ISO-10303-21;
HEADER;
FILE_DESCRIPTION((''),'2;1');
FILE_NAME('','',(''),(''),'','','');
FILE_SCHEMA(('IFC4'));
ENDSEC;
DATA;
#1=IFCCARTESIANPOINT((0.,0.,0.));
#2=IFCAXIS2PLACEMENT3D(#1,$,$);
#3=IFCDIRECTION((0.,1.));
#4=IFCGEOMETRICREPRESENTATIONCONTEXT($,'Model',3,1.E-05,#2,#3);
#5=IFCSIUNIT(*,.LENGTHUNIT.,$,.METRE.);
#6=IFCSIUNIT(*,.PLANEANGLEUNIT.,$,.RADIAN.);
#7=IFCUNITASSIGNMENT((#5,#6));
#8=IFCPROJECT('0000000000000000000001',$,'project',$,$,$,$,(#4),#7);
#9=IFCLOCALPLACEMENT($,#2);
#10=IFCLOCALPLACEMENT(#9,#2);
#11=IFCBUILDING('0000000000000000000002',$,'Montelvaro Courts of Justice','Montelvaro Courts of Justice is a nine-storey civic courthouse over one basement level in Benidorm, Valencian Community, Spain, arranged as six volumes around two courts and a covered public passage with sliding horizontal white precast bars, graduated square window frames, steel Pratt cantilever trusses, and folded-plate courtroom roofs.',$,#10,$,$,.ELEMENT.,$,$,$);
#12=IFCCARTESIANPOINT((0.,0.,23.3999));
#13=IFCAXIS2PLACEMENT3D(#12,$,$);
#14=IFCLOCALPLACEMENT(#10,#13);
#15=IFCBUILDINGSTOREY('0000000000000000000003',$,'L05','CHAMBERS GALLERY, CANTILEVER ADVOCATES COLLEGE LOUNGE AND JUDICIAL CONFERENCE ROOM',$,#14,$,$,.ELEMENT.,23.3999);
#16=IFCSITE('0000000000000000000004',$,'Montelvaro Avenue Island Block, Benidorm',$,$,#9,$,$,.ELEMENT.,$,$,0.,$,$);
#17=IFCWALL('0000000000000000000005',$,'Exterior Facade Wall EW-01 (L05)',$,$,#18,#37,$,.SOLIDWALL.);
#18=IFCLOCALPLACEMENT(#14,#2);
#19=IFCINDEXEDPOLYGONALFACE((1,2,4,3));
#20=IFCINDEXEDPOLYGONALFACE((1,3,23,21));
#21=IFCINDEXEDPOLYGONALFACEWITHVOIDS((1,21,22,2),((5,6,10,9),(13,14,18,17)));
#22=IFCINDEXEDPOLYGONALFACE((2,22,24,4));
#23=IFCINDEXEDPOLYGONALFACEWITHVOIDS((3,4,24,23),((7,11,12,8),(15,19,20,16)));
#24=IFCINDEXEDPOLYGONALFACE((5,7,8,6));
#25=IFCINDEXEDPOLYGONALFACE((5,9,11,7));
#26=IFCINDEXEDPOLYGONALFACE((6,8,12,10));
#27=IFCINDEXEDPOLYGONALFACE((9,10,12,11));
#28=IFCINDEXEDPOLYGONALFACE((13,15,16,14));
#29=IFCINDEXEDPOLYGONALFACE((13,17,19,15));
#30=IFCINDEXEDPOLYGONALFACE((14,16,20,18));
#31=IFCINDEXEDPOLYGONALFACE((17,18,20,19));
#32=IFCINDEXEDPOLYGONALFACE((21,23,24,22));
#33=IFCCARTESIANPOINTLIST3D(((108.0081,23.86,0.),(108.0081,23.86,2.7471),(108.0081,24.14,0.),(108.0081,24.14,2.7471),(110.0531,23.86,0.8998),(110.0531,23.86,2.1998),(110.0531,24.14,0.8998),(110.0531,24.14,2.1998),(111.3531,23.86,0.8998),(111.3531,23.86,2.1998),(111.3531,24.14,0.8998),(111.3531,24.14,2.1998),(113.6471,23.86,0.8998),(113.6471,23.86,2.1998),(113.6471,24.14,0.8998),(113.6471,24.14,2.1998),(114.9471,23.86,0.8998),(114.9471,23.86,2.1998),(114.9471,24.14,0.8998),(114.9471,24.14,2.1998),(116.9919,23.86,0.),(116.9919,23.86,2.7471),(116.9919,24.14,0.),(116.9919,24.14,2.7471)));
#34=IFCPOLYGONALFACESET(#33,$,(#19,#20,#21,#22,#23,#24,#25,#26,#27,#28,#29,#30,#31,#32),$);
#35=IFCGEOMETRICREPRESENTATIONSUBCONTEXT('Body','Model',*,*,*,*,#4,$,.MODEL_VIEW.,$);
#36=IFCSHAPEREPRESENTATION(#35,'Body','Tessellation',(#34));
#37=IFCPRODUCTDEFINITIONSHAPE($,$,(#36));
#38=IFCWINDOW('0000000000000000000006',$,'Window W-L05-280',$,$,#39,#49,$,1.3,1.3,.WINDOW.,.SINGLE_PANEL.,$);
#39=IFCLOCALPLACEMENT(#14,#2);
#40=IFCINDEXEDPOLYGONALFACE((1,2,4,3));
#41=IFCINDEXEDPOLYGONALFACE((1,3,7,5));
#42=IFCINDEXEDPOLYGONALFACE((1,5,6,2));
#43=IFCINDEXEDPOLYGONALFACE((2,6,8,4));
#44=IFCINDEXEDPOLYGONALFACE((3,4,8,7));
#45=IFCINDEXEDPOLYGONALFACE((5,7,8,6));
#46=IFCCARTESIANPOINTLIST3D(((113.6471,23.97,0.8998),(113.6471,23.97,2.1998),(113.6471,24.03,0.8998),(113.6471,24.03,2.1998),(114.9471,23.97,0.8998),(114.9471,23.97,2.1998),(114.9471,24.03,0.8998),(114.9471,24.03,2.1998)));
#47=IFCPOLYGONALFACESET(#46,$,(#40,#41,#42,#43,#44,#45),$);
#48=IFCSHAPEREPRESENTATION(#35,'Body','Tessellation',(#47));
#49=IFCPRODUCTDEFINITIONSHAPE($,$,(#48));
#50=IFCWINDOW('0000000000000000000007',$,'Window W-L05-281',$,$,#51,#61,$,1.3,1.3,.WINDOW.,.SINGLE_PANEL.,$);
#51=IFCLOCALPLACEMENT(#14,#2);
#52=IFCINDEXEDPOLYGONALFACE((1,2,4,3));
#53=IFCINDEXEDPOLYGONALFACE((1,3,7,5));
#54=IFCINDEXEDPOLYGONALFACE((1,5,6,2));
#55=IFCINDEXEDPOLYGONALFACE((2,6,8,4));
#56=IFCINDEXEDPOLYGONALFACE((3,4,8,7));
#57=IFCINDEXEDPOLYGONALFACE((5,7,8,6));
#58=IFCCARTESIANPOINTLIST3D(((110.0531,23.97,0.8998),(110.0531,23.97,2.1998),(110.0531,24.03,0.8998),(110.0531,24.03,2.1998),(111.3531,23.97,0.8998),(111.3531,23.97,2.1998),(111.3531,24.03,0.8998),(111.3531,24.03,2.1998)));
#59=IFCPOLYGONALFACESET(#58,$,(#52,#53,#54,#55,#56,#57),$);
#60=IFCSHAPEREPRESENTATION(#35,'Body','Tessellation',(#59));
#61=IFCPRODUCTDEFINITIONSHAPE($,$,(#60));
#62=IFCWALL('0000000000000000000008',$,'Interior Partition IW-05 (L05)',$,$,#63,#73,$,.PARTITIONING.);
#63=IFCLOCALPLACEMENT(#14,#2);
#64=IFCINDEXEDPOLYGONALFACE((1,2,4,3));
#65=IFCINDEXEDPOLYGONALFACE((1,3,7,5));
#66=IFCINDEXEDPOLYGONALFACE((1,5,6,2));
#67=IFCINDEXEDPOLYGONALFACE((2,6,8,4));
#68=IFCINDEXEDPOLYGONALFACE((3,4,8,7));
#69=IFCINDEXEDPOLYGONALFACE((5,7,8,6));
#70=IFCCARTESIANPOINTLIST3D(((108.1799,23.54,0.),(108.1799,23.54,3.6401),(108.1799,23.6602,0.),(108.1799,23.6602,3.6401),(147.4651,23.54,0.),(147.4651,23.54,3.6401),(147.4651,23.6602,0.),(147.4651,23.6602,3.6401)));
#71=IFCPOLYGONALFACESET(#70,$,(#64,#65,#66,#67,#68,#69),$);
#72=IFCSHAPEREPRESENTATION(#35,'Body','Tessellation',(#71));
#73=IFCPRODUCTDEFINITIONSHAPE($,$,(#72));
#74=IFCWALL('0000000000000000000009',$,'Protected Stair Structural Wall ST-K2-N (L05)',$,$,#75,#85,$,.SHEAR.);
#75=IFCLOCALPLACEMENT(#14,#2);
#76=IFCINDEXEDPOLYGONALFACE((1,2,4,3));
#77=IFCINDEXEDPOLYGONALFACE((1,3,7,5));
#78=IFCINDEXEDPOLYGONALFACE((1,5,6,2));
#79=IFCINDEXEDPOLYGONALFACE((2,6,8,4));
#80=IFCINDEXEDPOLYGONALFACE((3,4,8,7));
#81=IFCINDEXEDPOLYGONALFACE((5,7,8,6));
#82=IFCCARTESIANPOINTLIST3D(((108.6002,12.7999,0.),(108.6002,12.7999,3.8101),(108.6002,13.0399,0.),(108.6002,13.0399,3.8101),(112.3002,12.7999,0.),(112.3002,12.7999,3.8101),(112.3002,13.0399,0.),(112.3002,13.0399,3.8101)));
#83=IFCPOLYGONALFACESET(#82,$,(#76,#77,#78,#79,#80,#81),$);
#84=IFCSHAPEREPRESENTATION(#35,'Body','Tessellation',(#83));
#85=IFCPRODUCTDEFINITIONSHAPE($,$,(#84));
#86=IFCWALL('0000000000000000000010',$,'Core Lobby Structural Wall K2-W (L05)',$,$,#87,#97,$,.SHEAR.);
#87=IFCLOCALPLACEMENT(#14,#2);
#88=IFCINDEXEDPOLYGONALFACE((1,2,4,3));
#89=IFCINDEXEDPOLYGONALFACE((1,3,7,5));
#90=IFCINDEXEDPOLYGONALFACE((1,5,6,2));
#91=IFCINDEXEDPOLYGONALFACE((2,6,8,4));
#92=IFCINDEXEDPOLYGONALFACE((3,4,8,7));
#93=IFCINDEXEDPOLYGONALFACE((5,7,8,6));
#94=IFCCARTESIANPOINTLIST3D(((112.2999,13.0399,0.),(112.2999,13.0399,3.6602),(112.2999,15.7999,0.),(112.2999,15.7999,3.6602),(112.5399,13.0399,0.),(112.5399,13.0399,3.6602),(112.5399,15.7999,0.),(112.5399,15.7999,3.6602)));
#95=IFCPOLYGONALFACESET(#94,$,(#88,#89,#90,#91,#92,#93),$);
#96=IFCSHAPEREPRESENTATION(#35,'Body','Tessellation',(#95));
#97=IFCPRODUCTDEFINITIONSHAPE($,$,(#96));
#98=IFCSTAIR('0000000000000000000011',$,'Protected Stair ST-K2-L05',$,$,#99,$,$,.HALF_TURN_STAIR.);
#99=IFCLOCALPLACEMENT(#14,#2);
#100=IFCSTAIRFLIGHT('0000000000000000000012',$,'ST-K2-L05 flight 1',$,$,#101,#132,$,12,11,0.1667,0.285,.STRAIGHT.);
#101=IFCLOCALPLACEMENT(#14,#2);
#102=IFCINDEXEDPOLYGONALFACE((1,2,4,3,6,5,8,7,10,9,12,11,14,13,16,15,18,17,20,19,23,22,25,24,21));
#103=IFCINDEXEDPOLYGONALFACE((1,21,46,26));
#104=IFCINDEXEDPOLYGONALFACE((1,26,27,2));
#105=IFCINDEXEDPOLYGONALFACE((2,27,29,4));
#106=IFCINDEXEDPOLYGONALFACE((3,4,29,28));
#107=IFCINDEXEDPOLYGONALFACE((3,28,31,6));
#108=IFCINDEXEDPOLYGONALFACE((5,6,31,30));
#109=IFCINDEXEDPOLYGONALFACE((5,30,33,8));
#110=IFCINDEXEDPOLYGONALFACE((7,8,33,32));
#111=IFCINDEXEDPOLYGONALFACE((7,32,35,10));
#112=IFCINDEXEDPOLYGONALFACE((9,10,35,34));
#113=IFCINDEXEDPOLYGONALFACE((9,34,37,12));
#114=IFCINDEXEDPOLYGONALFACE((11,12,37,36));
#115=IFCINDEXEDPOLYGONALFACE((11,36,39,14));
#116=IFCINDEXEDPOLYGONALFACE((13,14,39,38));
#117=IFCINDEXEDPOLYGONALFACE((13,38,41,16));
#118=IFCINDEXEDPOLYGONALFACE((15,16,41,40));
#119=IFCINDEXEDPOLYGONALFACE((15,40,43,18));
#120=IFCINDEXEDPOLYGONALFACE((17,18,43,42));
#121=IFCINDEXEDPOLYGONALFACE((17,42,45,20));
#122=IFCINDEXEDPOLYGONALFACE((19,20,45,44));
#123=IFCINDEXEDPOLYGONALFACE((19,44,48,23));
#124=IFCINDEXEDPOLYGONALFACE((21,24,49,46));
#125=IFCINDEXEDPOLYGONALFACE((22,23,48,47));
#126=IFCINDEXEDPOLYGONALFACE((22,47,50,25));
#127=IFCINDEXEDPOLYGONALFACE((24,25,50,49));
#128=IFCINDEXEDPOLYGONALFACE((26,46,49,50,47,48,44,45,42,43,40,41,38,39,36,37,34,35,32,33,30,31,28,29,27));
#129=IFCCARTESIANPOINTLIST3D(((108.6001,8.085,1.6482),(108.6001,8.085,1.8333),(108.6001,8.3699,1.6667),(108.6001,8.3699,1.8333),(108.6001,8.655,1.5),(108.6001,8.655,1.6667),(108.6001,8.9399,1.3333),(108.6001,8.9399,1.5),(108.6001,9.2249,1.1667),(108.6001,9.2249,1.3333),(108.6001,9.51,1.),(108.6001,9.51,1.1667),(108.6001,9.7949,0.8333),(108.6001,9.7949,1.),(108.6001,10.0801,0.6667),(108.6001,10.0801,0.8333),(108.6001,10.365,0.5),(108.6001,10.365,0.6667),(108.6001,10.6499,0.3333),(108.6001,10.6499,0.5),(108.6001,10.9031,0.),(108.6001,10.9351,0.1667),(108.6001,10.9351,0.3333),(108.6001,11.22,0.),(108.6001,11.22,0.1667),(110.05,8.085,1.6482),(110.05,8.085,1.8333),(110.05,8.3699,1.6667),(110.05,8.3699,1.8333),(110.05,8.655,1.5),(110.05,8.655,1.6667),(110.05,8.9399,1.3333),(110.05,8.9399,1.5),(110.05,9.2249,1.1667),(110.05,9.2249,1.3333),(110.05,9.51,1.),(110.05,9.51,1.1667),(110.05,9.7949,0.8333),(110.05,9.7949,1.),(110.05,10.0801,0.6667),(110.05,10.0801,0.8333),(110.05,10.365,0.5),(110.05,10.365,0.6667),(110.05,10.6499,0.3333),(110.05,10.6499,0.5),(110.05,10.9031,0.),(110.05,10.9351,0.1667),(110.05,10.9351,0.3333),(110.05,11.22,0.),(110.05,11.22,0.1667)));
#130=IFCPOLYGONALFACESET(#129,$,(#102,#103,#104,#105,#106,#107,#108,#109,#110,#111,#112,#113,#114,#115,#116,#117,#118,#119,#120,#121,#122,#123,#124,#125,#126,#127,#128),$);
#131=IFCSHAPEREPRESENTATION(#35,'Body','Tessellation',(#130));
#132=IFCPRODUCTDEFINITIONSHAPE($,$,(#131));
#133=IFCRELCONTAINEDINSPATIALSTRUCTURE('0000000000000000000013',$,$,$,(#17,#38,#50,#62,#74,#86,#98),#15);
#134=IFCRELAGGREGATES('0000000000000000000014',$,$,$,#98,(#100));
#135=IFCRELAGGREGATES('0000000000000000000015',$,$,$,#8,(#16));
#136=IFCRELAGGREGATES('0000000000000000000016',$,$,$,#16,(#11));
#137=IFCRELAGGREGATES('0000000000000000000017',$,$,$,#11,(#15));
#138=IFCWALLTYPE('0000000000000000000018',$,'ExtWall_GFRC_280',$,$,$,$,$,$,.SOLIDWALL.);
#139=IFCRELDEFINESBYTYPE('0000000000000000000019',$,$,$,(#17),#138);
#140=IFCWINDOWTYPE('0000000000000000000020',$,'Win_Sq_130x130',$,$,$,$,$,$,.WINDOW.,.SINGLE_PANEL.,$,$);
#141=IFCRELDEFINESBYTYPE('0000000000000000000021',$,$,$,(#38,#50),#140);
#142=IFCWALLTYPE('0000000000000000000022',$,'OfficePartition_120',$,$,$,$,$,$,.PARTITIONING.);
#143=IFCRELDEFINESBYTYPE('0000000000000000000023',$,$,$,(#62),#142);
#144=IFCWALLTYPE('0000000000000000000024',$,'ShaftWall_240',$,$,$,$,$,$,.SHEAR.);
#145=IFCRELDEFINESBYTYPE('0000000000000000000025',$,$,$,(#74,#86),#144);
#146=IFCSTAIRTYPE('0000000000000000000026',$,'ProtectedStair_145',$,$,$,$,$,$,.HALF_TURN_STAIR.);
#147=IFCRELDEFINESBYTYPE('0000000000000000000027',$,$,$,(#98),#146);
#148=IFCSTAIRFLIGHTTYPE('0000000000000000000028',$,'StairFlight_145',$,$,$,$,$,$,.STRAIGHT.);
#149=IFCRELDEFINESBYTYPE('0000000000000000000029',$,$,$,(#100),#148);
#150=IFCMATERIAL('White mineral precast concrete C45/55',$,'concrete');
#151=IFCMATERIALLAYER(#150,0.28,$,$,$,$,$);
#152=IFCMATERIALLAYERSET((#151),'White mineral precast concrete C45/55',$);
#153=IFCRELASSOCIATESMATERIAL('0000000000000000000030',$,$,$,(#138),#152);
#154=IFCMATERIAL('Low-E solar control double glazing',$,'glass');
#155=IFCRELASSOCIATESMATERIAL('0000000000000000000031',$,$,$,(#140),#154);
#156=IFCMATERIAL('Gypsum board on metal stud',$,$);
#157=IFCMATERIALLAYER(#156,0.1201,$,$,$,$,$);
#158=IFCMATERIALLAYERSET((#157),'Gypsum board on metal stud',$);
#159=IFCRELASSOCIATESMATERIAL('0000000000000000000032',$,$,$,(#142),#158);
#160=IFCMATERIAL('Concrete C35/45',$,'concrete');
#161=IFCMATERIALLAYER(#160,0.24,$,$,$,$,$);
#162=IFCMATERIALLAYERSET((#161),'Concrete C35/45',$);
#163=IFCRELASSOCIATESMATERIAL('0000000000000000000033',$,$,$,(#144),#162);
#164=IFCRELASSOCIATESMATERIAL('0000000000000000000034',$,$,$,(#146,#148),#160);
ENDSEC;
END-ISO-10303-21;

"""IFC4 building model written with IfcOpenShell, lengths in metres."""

from ifc_helpers import new_model, si_unit, direction, frame, frame_2d, origin, place, context, subcontext, project, spatial, polyline, rectangle, outline, extrude, material, layer, layer_set, type_object, element, fill, aggregate, save


model = new_model("IFC4")

# Units and contexts
model_context = context("Model", 3, precision=1e-05, world=origin(), true_north=direction((0.0, 1.0)))
body_context = subcontext(model_context, "Body", "Model", "MODEL_VIEW")
ifc_project = project(units=[si_unit("LENGTHUNIT", "METRE"), si_unit("PLANEANGLEUNIT", "RADIAN")], contexts=[model_context])

# Site, building, storey
site_placement = place(None, origin())
site = spatial("IfcSite", under=ifc_project, at=site_placement, Name="Montelvaro Avenue Island Block, Benidorm", CompositionType="ELEMENT", RefElevation=0.0)
building_placement = place(site_placement, origin())
building = spatial("IfcBuilding", under=site, at=building_placement, Name="Montelvaro Courts of Justice", Description="Montelvaro Courts of Justice is a nine-storey civic courthouse over one basement level in Benidorm, Valencian Community, Spain, arranged as six volumes around two courts and a covered public passage with sliding horizontal white precast bars, graduated square window frames, steel Pratt cantilever trusses, and folded-plate courtroom roofs.", CompositionType="ELEMENT")
storey_placement = place(building_placement, frame((0.0, 0.0, 23.3999)))
storey = spatial("IfcBuildingStorey", under=building, at=storey_placement, Name="L05", Description="CHAMBERS GALLERY, CANTILEVER ADVOCATES COLLEGE LOUNGE AND JUDICIAL CONFERENCE ROOM", CompositionType="ELEMENT", Elevation=23.3999)

# Shared definitions
ifc_material_1 = material(Name="White mineral precast concrete C45/55", Category="concrete")

# Shared definitions
ifc_material_2 = material(Name="Gypsum board on metal stud")

# Wall, openings, windows
ifc_layer_1 = layer(ifc_material_1, 0.28)
ifc_layer_set_1 = layer_set([ifc_layer_1], Name="White mineral precast concrete C45/55")
wall_type_1 = type_object("IfcWallType", Name="ExtWall_GFRC_280", PredefinedType="SOLIDWALL", material=ifc_layer_set_1)
wall_1_placement = place(storey_placement, frame((116.9919, 24.0, 0.0), z_axis=(0.0, 0.0, 1.0), x_axis=(-1.0, 0.0, 0.0)))
wall_1 = element("IfcWall", 1, at=wall_1_placement, inside=storey, type_object=wall_type_1, Name="Exterior Facade Wall EW-01 (L05)", PredefinedType="SOLIDWALL", context=body_context, shape_type="SweptSolid", body=[
    extrude(rectangle(XDim=8.9839, YDim=0.28, at=frame_2d((4.4919, 0.0))), origin(), (0.0, 0.0, 1.0), 2.7471),
])
opening_1_placement = place(wall_1_placement, frame((2.0449, 0.0, 0.8999)))
opening_1 = element("IfcOpeningElement", 2, at=opening_1_placement, cuts=wall_1, PredefinedType="OPENING", context=body_context, shape_type="SweptSolid", body=[
    extrude(rectangle(XDim=1.3, YDim=1.3, at=frame_2d((0.6499, 0.6499))), frame((0.0, 0.1548, 0.0), z_axis=(0.0, -1.0, 0.0), x_axis=(1.0, 0.0, 0.0)), (0.0, 0.0, 1.0), 0.3098),
])
opening_2_placement = place(wall_1_placement, frame((5.6389, 0.0, 0.8999)))
opening_2 = element("IfcOpeningElement", 3, at=opening_2_placement, cuts=wall_1, PredefinedType="OPENING", context=body_context, shape_type="SweptSolid", body=[
    extrude(rectangle(XDim=1.3, YDim=1.3, at=frame_2d((0.6499, 0.6499))), frame((0.0, 0.1548, 0.0), z_axis=(0.0, -1.0, 0.0), x_axis=(1.0, 0.0, 0.0)), (0.0, 0.0, 1.0), 0.3098),
])
ifc_material_3 = material(Name="Low-E solar control double glazing", Category="glass")
window_type = type_object("IfcWindowType", Name="Win_Sq_130x130", PartitioningType="SINGLE_PANEL", PredefinedType="WINDOW", material=ifc_material_3)
window_1_placement = place(opening_1_placement, origin())
window_1 = element("IfcWindow", 4, at=window_1_placement, inside=storey, type_object=window_type, Name="Window W-L05-280", OverallHeight=1.3, OverallWidth=1.3, PartitioningType="SINGLE_PANEL", PredefinedType="WINDOW", context=body_context, shape_type="SweptSolid", body=[
    extrude(rectangle(XDim=1.3, YDim=1.3, at=frame_2d((0.6499, 0.6499))), frame((0.0, 0.03, 0.0), z_axis=(0.0, -1.0, 0.0), x_axis=(1.0, 0.0, 0.0)), (0.0, 0.0, 1.0), 0.0601),
])
fill(opening_1, window_1)
window_2_placement = place(opening_2_placement, origin())
window_2 = element("IfcWindow", 5, at=window_2_placement, inside=storey, type_object=window_type, Name="Window W-L05-281", OverallHeight=1.3, OverallWidth=1.3, PartitioningType="SINGLE_PANEL", PredefinedType="WINDOW", context=body_context, shape_type="SweptSolid", body=[
    extrude(rectangle(XDim=1.3, YDim=1.3, at=frame_2d((0.6499, 0.6499))), frame((0.0, 0.03, 0.0), z_axis=(0.0, -1.0, 0.0), x_axis=(1.0, 0.0, 0.0)), (0.0, 0.0, 1.0), 0.0601),
])
fill(opening_2, window_2)

# Walls
ifc_layer_2 = layer(ifc_material_2, 0.1201)
ifc_layer_set_2 = layer_set([ifc_layer_2], Name="Gypsum board on metal stud")
wall_type_2 = type_object("IfcWallType", Name="OfficePartition_120", PredefinedType="PARTITIONING", material=ifc_layer_set_2)
wall_2_placement = place(storey_placement, frame((108.1799, 23.6001, 0.0), z_axis=(0.0, 0.0, 1.0), x_axis=(1.0, 0.0, 0.0)))
element("IfcWall", 6, at=wall_2_placement, inside=storey, type_object=wall_type_2, Name="Interior Partition IW-05 (L05)", PredefinedType="PARTITIONING", context=body_context, shape_type="SweptSolid", body=[
    extrude(rectangle(XDim=39.2852, YDim=0.1201, at=frame_2d((19.6426, 0.0))), origin(), (0.0, 0.0, 1.0), 3.6401),
])
ifc_material_4 = material(Name="Concrete C35/45", Category="concrete")
ifc_layer_3 = layer(ifc_material_4, 0.24)
ifc_layer_set_3 = layer_set([ifc_layer_3], Name="Concrete C35/45")
wall_type_3 = type_object("IfcWallType", Name="ShaftWall_240", PredefinedType="SHEAR", material=ifc_layer_set_3)
wall_3_placement = place(storey_placement, frame((108.6001, 12.9199, 0.0), z_axis=(0.0, 0.0, 1.0), x_axis=(1.0, 0.0, 0.0)))
element("IfcWall", 7, at=wall_3_placement, inside=storey, type_object=wall_type_3, Name="Protected Stair Structural Wall ST-K2-N (L05)", PredefinedType="SHEAR", context=body_context, shape_type="SweptSolid", body=[
    extrude(rectangle(XDim=3.7, YDim=0.24, at=frame_2d((1.8501, 0.0))), origin(), (0.0, 0.0, 1.0), 3.8101),
])
wall_4_placement = place(storey_placement, frame((112.4199, 13.04, 0.0), z_axis=(0.0, 0.0, 1.0), x_axis=(0.0, 1.0, 0.0)))
element("IfcWall", 8, at=wall_4_placement, inside=storey, type_object=wall_type_3, Name="Core Lobby Structural Wall K2-W (L05)", PredefinedType="SHEAR", context=body_context, shape_type="SweptSolid", body=[
    extrude(rectangle(XDim=2.76, YDim=0.24, at=frame_2d((1.3799, 0.0))), origin(), (0.0, 0.0, 1.0), 3.6602),
])

# Stair, stair flight
stair_type = type_object("IfcStairType", Name="ProtectedStair_145", PredefinedType="HALF_TURN_STAIR", material=ifc_material_4)
stair_placement = place(storey_placement, origin())
stair = element("IfcStair", 9, at=stair_placement, inside=storey, type_object=stair_type, Name="Protected Stair ST-K2-L05", PredefinedType="HALF_TURN_STAIR")
stair_flight_type = type_object("IfcStairFlightType", Name="StairFlight_145", PredefinedType="STRAIGHT", material=ifc_material_4)
stair_flight_placement = place(storey_placement, frame((109.325, 11.22, 0.0), z_axis=(0.0, 0.0, 1.0), x_axis=(0.0, -1.0, 0.0)))
stair_flight = element("IfcStairFlight", 10, at=stair_flight_placement, type_object=stair_flight_type, Name="ST-K2-L05 flight 1", NumberOfRisers=12, NumberOfTreads=11, PredefinedType="STRAIGHT", RiserHeight=0.1667, TreadLength=0.285, context=body_context, shape_type="SweptSolid", body=[
    extrude(outline(polyline([(0.0, 0.0), (0.0, 0.1667), (0.2849, 0.1667), (0.2849, 0.3333), (0.5701, 0.3333), (0.5701, 0.5), (0.855, 0.5), (0.855, 0.6667), (1.1399, 0.6667), (1.1399, 0.8333), (1.425, 0.8333), (1.425, 1.0), (1.71, 1.0), (1.71, 1.1667), (1.9951, 1.1667), (1.9951, 1.3333), (2.28, 1.3333), (2.28, 1.5), (2.5649, 1.5), (2.5649, 1.6667), (2.8501, 1.6667), (2.8501, 1.8333), (3.135, 1.8333), (3.135, 2.0), (3.135, 1.6482), (0.3169, 0.0), (0.0, 0.0)])), frame((0.0, 0.7251, 0.0), z_axis=(0.0, -1.0, 0.0), x_axis=(1.0, 0.0, 0.0)), (0.0, 0.0, 1.0), 1.45),
])
aggregate(stair, [stair_flight])

save(model, "model.ifc")
